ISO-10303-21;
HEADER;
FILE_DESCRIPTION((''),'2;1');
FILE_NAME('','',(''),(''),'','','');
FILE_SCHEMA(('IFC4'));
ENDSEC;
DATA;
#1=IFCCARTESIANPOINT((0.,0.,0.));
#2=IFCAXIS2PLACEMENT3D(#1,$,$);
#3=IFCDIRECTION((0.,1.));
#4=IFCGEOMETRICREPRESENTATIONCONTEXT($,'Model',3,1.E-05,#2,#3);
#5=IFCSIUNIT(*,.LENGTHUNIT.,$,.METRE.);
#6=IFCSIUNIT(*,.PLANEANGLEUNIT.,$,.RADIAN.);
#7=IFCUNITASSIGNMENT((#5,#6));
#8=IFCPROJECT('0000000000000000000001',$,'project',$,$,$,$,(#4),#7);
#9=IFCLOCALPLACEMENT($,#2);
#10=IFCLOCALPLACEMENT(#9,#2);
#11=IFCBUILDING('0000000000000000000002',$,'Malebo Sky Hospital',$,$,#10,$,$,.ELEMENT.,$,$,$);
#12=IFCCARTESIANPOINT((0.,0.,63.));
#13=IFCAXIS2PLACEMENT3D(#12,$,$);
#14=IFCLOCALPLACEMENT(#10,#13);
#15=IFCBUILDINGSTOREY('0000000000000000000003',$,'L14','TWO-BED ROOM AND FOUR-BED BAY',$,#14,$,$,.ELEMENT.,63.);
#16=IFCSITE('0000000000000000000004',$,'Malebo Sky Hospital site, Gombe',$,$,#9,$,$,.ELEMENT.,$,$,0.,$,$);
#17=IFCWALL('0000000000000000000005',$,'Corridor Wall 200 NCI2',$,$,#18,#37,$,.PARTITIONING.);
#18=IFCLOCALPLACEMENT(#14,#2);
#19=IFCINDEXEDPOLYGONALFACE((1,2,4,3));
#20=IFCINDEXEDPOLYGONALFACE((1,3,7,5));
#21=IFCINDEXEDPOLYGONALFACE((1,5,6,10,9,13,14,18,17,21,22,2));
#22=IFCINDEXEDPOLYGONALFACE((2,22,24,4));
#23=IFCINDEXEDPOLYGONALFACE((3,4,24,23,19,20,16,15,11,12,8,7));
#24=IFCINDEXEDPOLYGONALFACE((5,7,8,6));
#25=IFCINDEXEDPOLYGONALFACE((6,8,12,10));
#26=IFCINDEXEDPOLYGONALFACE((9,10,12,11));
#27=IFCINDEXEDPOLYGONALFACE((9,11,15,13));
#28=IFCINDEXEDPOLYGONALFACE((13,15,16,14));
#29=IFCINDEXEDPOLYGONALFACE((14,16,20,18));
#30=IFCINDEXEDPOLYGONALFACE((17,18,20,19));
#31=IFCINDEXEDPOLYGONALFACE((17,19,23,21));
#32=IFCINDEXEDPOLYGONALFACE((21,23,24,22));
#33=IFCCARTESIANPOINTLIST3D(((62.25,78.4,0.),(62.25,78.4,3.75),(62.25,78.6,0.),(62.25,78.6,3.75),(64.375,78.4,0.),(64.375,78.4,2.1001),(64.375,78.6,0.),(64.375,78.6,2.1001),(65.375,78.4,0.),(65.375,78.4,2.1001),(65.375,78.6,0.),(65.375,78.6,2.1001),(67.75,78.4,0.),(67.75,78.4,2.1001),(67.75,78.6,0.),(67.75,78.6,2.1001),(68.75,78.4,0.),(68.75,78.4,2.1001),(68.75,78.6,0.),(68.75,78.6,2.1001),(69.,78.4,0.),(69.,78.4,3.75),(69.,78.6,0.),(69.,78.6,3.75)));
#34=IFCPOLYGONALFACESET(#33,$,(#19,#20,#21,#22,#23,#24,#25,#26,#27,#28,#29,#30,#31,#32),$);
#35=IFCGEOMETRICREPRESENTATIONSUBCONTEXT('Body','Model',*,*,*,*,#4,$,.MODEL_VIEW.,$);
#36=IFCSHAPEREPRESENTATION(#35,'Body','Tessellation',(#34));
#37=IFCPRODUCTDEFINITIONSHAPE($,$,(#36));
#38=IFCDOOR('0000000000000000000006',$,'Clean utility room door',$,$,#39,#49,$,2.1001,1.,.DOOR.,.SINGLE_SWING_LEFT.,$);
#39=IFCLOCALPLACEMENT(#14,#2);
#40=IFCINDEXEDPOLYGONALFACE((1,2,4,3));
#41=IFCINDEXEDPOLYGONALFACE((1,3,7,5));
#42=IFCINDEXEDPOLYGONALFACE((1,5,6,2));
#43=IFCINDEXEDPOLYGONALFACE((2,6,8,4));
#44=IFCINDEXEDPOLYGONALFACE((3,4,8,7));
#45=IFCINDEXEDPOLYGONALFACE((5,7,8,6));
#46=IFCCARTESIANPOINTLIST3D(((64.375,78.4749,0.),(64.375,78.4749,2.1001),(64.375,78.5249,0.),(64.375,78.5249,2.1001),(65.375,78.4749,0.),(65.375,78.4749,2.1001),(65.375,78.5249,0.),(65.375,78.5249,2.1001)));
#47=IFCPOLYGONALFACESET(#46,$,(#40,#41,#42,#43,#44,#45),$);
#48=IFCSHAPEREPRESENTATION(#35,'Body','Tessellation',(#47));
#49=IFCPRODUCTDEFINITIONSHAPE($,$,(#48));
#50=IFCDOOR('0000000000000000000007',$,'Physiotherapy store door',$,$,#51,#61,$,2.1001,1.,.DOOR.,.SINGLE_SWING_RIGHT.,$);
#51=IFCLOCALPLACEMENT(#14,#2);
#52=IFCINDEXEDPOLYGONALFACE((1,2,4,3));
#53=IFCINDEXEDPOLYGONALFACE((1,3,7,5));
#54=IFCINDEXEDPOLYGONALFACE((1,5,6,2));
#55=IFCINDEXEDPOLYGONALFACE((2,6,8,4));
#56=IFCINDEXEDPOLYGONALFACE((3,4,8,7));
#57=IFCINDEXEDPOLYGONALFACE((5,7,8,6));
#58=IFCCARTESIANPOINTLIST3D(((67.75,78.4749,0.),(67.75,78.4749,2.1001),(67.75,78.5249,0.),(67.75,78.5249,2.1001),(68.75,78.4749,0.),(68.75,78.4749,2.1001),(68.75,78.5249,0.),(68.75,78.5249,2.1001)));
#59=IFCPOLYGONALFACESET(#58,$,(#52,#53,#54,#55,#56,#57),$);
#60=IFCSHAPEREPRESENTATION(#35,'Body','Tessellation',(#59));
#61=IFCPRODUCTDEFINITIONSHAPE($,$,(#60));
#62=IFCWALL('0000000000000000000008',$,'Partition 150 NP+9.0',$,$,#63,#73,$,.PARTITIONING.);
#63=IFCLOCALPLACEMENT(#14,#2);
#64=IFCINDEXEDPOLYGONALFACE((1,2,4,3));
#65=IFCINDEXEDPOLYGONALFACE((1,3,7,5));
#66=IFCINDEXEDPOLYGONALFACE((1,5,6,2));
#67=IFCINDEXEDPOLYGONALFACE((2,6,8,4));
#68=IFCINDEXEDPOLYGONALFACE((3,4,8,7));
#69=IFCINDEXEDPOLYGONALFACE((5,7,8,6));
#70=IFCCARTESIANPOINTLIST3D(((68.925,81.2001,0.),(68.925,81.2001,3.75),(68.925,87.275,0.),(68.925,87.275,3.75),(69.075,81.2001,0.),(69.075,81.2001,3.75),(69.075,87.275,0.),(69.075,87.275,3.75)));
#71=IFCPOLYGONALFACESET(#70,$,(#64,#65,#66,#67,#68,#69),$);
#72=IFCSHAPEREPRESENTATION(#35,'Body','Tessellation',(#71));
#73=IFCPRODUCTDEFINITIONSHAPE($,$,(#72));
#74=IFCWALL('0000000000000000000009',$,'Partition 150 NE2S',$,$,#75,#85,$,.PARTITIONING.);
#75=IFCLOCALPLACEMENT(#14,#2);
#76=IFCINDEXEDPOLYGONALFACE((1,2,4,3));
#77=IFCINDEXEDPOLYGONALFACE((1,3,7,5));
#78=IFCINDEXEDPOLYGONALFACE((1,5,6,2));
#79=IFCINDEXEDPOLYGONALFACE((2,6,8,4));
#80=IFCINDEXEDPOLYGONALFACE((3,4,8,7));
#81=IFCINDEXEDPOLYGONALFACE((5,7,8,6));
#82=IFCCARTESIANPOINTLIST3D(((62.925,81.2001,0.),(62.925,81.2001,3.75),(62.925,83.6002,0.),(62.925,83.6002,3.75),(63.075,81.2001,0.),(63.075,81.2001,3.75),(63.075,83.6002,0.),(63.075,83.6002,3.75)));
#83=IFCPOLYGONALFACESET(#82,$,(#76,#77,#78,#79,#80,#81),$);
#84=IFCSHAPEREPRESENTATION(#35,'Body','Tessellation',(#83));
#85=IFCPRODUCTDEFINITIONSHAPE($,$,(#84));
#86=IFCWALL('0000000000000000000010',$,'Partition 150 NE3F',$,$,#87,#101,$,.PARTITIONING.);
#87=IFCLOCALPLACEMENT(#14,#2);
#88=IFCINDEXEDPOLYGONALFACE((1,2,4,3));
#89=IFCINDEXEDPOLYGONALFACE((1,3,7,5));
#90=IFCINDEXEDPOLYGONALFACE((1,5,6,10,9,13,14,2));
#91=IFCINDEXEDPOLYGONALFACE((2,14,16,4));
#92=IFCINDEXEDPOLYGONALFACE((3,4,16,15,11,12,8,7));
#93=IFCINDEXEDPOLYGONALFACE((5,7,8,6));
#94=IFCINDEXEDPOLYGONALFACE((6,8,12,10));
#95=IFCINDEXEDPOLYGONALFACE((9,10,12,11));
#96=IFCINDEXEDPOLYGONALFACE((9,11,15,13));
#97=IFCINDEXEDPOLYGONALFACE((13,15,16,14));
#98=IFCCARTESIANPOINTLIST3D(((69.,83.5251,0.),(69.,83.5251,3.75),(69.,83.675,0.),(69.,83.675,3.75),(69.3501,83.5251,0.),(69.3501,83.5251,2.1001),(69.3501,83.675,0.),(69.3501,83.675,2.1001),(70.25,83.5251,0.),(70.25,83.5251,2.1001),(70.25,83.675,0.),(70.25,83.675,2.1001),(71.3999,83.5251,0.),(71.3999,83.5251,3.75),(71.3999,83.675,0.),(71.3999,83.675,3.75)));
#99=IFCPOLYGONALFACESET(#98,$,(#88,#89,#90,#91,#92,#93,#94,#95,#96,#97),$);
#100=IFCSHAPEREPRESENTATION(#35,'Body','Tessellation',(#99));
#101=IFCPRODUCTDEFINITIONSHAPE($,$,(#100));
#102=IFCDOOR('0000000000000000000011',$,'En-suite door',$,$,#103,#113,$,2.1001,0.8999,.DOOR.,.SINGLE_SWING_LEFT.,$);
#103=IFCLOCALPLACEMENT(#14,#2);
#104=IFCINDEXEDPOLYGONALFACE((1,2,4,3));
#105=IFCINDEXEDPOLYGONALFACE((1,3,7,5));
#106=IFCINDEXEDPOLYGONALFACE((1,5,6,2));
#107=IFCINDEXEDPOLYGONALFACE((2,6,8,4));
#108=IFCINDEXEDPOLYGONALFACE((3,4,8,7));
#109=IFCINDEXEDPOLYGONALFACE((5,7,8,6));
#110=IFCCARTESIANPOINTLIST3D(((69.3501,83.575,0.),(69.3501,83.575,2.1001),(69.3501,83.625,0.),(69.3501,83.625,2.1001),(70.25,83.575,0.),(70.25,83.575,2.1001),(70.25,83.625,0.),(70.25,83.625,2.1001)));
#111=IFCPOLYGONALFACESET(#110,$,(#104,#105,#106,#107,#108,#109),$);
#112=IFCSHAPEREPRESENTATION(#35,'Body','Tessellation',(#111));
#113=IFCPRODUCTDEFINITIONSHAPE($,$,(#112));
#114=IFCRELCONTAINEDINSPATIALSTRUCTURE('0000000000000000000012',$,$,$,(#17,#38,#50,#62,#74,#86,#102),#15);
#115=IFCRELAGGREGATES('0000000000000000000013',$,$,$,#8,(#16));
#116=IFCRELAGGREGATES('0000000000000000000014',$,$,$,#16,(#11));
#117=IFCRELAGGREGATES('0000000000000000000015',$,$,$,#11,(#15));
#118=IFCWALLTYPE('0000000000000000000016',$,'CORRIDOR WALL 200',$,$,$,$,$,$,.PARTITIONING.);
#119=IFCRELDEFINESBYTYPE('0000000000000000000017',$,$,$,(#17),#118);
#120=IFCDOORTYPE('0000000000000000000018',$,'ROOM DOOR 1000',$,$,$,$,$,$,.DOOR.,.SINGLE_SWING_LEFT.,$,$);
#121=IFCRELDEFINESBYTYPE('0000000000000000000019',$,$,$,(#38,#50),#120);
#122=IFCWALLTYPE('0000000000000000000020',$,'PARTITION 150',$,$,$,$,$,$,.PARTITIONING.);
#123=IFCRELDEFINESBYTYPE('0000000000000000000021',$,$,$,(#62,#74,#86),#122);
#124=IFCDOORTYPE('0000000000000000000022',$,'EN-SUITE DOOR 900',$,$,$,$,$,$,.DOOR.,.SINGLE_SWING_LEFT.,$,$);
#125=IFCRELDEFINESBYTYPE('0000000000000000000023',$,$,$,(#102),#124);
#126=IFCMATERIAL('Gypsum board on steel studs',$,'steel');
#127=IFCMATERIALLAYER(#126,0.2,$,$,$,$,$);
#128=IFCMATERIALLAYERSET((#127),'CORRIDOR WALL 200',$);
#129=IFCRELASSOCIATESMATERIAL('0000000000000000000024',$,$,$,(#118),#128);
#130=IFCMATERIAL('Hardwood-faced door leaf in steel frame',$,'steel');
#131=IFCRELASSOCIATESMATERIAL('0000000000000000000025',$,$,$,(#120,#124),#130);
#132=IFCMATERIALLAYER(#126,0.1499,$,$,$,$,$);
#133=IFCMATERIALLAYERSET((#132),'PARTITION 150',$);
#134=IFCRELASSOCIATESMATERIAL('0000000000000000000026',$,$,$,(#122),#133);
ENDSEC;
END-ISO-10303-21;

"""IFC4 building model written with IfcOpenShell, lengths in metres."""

from ifc_helpers import new_model, si_unit, direction, frame, frame_2d, origin, place, context, subcontext, project, spatial, rectangle, extrude, material, layer, layer_set, type_object, element, fill, save


model = new_model("IFC4")

# Units and contexts
model_context = context("Model", 3, precision=1e-05, world=origin(), true_north=direction((0.0, 1.0)))
body_context = subcontext(model_context, "Body", "Model", "MODEL_VIEW")
ifc_project = project(units=[si_unit("LENGTHUNIT", "METRE"), si_unit("PLANEANGLEUNIT", "RADIAN")], contexts=[model_context])

# Site, building, storey
site_placement = place(None, origin())
site = spatial("IfcSite", under=ifc_project, at=site_placement, Name="Malebo Sky Hospital site, Gombe", CompositionType="ELEMENT", RefElevation=0.0)
building_placement = place(site_placement, origin())
building = spatial("IfcBuilding", under=site, at=building_placement, Name="Malebo Sky Hospital", CompositionType="ELEMENT")
storey_placement = place(building_placement, frame((0.0, 0.0, 63.0)))
storey = spatial("IfcBuildingStorey", under=building, at=storey_placement, Name="L14", Description="TWO-BED ROOM AND FOUR-BED BAY", CompositionType="ELEMENT", Elevation=63.0)

# Wall, openings, doors
ifc_material_1 = material(Name="Gypsum board on steel studs", Category="steel")
ifc_layer_1 = layer(ifc_material_1, 0.2)
ifc_layer_set_1 = layer_set([ifc_layer_1], Name="CORRIDOR WALL 200")
wall_type_1 = type_object("IfcWallType", Name="CORRIDOR WALL 200", PredefinedType="PARTITIONING", material=ifc_layer_set_1)
wall_1_placement = place(storey_placement, frame((62.25, 78.5, 0.0), z_axis=(0.0, 0.0, 1.0), x_axis=(1.0, 0.0, 0.0)))
wall_1 = element("IfcWall", 1, at=wall_1_placement, inside=storey, type_object=wall_type_1, Name="Corridor Wall 200 NCI2", PredefinedType="PARTITIONING", context=body_context, shape_type="SweptSolid", body=[
    extrude(rectangle(XDim=6.75, YDim=0.2, at=frame_2d((3.375, 0.0))), origin(), (0.0, 0.0, 1.0), 3.75),
])
opening_1_placement = place(wall_1_placement, frame((2.125, 0.0, 0.0)))
opening_1 = element("IfcOpeningElement", 2, at=opening_1_placement, cuts=wall_1, PredefinedType="OPENING", context=body_context, shape_type="SweptSolid", body=[
    extrude(rectangle(XDim=1.0, YDim=2.1001, at=frame_2d((0.5, 1.05))), frame((0.0, 0.1099, 0.0), z_axis=(0.0, -1.0, 0.0), x_axis=(1.0, 0.0, 0.0)), (0.0, 0.0, 1.0), 0.22),
])
opening_2_placement = place(wall_1_placement, frame((5.5, 0.0, 0.0)))
opening_2 = element("IfcOpeningElement", 3, at=opening_2_placement, cuts=wall_1, PredefinedType="OPENING", context=body_context, shape_type="SweptSolid", body=[
    extrude(rectangle(XDim=1.0, YDim=2.1001, at=frame_2d((0.5, 1.05))), frame((0.0, 0.1099, 0.0), z_axis=(0.0, -1.0, 0.0), x_axis=(1.0, 0.0, 0.0)), (0.0, 0.0, 1.0), 0.22),
])
ifc_material_2 = material(Name="Hardwood-faced door leaf in steel frame", Category="steel")
door_type_1 = type_object("IfcDoorType", Name="ROOM DOOR 1000", OperationType="SINGLE_SWING_LEFT", PredefinedType="DOOR", material=ifc_material_2)
door_1_placement = place(opening_1_placement, origin())
door_1 = element("IfcDoor", 4, at=door_1_placement, inside=storey, type_object=door_type_1, Name="Clean utility room door", OperationType="SINGLE_SWING_LEFT", OverallHeight=2.1001, OverallWidth=1.0, PredefinedType="DOOR", context=body_context, shape_type="SweptSolid", body=[
    extrude(rectangle(XDim=1.0, YDim=2.1001, at=frame_2d((0.5, 1.05))), frame((0.0, 0.0249, 0.0), z_axis=(0.0, -1.0, 0.0), x_axis=(1.0, 0.0, 0.0)), (0.0, 0.0, 1.0), 0.05),
])
fill(opening_1, door_1)
door_2_placement = place(opening_2_placement, origin())
door_2 = element("IfcDoor", 5, at=door_2_placement, inside=storey, type_object=door_type_1, Name="Physiotherapy store door", OperationType="SINGLE_SWING_RIGHT", OverallHeight=2.1001, OverallWidth=1.0, PredefinedType="DOOR", context=body_context, shape_type="SweptSolid", body=[
    extrude(rectangle(XDim=1.0, YDim=2.1001, at=frame_2d((0.5, 1.05))), frame((0.0, 0.0249, 0.0), z_axis=(0.0, -1.0, 0.0), x_axis=(1.0, 0.0, 0.0)), (0.0, 0.0, 1.0), 0.05),
])
fill(opening_2, door_2)

# Walls
ifc_layer_2 = layer(ifc_material_1, 0.1499)
ifc_layer_set_2 = layer_set([ifc_layer_2], Name="PARTITION 150")
wall_type_2 = type_object("IfcWallType", Name="PARTITION 150", PredefinedType="PARTITIONING", material=ifc_layer_set_2)
wall_2_placement = place(storey_placement, frame((69.0, 81.2, 0.0), z_axis=(0.0, 0.0, 1.0), x_axis=(0.0, 1.0, 0.0)))
element("IfcWall", 6, at=wall_2_placement, inside=storey, type_object=wall_type_2, Name="Partition 150 NP+9.0", PredefinedType="PARTITIONING", context=body_context, shape_type="SweptSolid", body=[
    extrude(rectangle(XDim=6.075, YDim=0.1499, at=frame_2d((3.0376, 0.0))), origin(), (0.0, 0.0, 1.0), 3.75),
])
wall_3_placement = place(storey_placement, frame((63.0, 81.2, 0.0), z_axis=(0.0, 0.0, 1.0), x_axis=(0.0, 1.0, 0.0)))
element("IfcWall", 7, at=wall_3_placement, inside=storey, type_object=wall_type_2, Name="Partition 150 NE2S", PredefinedType="PARTITIONING", context=body_context, shape_type="SweptSolid", body=[
    extrude(rectangle(XDim=2.4001, YDim=0.1499, at=frame_2d((1.2002, 0.0))), origin(), (0.0, 0.0, 1.0), 3.75),
])

# Wall, opening, door
wall_4_placement = place(storey_placement, frame((69.0, 83.6001, 0.0), z_axis=(0.0, 0.0, 1.0), x_axis=(1.0, 0.0, 0.0)))
wall_4 = element("IfcWall", 8, at=wall_4_placement, inside=storey, type_object=wall_type_2, Name="Partition 150 NE3F", PredefinedType="PARTITIONING", context=body_context, shape_type="SweptSolid", body=[
    extrude(rectangle(XDim=2.3999, YDim=0.1499, at=frame_2d((1.2, 0.0))), origin(), (0.0, 0.0, 1.0), 3.75),
])
opening_3_placement = place(wall_4_placement, frame((0.3501, 0.0, 0.0)))
opening_3 = element("IfcOpeningElement", 9, at=opening_3_placement, cuts=wall_4, PredefinedType="OPENING", context=body_context, shape_type="SweptSolid", body=[
    extrude(rectangle(XDim=0.8999, YDim=2.1001, at=frame_2d((0.45, 1.05))), frame((0.0, 0.085, 0.0), z_axis=(0.0, -1.0, 0.0), x_axis=(1.0, 0.0, 0.0)), (0.0, 0.0, 1.0), 0.1699),
])
door_type_2 = type_object("IfcDoorType", Name="EN-SUITE DOOR 900", OperationType="SINGLE_SWING_LEFT", PredefinedType="DOOR", material=ifc_material_2)
door_3_placement = place(opening_3_placement, origin())
door_3 = element("IfcDoor", 10, at=door_3_placement, inside=storey, type_object=door_type_2, Name="En-suite door", OperationType="SINGLE_SWING_LEFT", OverallHeight=2.1001, OverallWidth=0.8999, PredefinedType="DOOR", context=body_context, shape_type="SweptSolid", body=[
    extrude(rectangle(XDim=0.8999, YDim=2.1001, at=frame_2d((0.45, 1.05))), frame((0.0, 0.0249, 0.0), z_axis=(0.0, -1.0, 0.0), x_axis=(1.0, 0.0, 0.0)), (0.0, 0.0, 1.0), 0.05),
])
fill(opening_3, door_3)

save(model, "model.ifc")
